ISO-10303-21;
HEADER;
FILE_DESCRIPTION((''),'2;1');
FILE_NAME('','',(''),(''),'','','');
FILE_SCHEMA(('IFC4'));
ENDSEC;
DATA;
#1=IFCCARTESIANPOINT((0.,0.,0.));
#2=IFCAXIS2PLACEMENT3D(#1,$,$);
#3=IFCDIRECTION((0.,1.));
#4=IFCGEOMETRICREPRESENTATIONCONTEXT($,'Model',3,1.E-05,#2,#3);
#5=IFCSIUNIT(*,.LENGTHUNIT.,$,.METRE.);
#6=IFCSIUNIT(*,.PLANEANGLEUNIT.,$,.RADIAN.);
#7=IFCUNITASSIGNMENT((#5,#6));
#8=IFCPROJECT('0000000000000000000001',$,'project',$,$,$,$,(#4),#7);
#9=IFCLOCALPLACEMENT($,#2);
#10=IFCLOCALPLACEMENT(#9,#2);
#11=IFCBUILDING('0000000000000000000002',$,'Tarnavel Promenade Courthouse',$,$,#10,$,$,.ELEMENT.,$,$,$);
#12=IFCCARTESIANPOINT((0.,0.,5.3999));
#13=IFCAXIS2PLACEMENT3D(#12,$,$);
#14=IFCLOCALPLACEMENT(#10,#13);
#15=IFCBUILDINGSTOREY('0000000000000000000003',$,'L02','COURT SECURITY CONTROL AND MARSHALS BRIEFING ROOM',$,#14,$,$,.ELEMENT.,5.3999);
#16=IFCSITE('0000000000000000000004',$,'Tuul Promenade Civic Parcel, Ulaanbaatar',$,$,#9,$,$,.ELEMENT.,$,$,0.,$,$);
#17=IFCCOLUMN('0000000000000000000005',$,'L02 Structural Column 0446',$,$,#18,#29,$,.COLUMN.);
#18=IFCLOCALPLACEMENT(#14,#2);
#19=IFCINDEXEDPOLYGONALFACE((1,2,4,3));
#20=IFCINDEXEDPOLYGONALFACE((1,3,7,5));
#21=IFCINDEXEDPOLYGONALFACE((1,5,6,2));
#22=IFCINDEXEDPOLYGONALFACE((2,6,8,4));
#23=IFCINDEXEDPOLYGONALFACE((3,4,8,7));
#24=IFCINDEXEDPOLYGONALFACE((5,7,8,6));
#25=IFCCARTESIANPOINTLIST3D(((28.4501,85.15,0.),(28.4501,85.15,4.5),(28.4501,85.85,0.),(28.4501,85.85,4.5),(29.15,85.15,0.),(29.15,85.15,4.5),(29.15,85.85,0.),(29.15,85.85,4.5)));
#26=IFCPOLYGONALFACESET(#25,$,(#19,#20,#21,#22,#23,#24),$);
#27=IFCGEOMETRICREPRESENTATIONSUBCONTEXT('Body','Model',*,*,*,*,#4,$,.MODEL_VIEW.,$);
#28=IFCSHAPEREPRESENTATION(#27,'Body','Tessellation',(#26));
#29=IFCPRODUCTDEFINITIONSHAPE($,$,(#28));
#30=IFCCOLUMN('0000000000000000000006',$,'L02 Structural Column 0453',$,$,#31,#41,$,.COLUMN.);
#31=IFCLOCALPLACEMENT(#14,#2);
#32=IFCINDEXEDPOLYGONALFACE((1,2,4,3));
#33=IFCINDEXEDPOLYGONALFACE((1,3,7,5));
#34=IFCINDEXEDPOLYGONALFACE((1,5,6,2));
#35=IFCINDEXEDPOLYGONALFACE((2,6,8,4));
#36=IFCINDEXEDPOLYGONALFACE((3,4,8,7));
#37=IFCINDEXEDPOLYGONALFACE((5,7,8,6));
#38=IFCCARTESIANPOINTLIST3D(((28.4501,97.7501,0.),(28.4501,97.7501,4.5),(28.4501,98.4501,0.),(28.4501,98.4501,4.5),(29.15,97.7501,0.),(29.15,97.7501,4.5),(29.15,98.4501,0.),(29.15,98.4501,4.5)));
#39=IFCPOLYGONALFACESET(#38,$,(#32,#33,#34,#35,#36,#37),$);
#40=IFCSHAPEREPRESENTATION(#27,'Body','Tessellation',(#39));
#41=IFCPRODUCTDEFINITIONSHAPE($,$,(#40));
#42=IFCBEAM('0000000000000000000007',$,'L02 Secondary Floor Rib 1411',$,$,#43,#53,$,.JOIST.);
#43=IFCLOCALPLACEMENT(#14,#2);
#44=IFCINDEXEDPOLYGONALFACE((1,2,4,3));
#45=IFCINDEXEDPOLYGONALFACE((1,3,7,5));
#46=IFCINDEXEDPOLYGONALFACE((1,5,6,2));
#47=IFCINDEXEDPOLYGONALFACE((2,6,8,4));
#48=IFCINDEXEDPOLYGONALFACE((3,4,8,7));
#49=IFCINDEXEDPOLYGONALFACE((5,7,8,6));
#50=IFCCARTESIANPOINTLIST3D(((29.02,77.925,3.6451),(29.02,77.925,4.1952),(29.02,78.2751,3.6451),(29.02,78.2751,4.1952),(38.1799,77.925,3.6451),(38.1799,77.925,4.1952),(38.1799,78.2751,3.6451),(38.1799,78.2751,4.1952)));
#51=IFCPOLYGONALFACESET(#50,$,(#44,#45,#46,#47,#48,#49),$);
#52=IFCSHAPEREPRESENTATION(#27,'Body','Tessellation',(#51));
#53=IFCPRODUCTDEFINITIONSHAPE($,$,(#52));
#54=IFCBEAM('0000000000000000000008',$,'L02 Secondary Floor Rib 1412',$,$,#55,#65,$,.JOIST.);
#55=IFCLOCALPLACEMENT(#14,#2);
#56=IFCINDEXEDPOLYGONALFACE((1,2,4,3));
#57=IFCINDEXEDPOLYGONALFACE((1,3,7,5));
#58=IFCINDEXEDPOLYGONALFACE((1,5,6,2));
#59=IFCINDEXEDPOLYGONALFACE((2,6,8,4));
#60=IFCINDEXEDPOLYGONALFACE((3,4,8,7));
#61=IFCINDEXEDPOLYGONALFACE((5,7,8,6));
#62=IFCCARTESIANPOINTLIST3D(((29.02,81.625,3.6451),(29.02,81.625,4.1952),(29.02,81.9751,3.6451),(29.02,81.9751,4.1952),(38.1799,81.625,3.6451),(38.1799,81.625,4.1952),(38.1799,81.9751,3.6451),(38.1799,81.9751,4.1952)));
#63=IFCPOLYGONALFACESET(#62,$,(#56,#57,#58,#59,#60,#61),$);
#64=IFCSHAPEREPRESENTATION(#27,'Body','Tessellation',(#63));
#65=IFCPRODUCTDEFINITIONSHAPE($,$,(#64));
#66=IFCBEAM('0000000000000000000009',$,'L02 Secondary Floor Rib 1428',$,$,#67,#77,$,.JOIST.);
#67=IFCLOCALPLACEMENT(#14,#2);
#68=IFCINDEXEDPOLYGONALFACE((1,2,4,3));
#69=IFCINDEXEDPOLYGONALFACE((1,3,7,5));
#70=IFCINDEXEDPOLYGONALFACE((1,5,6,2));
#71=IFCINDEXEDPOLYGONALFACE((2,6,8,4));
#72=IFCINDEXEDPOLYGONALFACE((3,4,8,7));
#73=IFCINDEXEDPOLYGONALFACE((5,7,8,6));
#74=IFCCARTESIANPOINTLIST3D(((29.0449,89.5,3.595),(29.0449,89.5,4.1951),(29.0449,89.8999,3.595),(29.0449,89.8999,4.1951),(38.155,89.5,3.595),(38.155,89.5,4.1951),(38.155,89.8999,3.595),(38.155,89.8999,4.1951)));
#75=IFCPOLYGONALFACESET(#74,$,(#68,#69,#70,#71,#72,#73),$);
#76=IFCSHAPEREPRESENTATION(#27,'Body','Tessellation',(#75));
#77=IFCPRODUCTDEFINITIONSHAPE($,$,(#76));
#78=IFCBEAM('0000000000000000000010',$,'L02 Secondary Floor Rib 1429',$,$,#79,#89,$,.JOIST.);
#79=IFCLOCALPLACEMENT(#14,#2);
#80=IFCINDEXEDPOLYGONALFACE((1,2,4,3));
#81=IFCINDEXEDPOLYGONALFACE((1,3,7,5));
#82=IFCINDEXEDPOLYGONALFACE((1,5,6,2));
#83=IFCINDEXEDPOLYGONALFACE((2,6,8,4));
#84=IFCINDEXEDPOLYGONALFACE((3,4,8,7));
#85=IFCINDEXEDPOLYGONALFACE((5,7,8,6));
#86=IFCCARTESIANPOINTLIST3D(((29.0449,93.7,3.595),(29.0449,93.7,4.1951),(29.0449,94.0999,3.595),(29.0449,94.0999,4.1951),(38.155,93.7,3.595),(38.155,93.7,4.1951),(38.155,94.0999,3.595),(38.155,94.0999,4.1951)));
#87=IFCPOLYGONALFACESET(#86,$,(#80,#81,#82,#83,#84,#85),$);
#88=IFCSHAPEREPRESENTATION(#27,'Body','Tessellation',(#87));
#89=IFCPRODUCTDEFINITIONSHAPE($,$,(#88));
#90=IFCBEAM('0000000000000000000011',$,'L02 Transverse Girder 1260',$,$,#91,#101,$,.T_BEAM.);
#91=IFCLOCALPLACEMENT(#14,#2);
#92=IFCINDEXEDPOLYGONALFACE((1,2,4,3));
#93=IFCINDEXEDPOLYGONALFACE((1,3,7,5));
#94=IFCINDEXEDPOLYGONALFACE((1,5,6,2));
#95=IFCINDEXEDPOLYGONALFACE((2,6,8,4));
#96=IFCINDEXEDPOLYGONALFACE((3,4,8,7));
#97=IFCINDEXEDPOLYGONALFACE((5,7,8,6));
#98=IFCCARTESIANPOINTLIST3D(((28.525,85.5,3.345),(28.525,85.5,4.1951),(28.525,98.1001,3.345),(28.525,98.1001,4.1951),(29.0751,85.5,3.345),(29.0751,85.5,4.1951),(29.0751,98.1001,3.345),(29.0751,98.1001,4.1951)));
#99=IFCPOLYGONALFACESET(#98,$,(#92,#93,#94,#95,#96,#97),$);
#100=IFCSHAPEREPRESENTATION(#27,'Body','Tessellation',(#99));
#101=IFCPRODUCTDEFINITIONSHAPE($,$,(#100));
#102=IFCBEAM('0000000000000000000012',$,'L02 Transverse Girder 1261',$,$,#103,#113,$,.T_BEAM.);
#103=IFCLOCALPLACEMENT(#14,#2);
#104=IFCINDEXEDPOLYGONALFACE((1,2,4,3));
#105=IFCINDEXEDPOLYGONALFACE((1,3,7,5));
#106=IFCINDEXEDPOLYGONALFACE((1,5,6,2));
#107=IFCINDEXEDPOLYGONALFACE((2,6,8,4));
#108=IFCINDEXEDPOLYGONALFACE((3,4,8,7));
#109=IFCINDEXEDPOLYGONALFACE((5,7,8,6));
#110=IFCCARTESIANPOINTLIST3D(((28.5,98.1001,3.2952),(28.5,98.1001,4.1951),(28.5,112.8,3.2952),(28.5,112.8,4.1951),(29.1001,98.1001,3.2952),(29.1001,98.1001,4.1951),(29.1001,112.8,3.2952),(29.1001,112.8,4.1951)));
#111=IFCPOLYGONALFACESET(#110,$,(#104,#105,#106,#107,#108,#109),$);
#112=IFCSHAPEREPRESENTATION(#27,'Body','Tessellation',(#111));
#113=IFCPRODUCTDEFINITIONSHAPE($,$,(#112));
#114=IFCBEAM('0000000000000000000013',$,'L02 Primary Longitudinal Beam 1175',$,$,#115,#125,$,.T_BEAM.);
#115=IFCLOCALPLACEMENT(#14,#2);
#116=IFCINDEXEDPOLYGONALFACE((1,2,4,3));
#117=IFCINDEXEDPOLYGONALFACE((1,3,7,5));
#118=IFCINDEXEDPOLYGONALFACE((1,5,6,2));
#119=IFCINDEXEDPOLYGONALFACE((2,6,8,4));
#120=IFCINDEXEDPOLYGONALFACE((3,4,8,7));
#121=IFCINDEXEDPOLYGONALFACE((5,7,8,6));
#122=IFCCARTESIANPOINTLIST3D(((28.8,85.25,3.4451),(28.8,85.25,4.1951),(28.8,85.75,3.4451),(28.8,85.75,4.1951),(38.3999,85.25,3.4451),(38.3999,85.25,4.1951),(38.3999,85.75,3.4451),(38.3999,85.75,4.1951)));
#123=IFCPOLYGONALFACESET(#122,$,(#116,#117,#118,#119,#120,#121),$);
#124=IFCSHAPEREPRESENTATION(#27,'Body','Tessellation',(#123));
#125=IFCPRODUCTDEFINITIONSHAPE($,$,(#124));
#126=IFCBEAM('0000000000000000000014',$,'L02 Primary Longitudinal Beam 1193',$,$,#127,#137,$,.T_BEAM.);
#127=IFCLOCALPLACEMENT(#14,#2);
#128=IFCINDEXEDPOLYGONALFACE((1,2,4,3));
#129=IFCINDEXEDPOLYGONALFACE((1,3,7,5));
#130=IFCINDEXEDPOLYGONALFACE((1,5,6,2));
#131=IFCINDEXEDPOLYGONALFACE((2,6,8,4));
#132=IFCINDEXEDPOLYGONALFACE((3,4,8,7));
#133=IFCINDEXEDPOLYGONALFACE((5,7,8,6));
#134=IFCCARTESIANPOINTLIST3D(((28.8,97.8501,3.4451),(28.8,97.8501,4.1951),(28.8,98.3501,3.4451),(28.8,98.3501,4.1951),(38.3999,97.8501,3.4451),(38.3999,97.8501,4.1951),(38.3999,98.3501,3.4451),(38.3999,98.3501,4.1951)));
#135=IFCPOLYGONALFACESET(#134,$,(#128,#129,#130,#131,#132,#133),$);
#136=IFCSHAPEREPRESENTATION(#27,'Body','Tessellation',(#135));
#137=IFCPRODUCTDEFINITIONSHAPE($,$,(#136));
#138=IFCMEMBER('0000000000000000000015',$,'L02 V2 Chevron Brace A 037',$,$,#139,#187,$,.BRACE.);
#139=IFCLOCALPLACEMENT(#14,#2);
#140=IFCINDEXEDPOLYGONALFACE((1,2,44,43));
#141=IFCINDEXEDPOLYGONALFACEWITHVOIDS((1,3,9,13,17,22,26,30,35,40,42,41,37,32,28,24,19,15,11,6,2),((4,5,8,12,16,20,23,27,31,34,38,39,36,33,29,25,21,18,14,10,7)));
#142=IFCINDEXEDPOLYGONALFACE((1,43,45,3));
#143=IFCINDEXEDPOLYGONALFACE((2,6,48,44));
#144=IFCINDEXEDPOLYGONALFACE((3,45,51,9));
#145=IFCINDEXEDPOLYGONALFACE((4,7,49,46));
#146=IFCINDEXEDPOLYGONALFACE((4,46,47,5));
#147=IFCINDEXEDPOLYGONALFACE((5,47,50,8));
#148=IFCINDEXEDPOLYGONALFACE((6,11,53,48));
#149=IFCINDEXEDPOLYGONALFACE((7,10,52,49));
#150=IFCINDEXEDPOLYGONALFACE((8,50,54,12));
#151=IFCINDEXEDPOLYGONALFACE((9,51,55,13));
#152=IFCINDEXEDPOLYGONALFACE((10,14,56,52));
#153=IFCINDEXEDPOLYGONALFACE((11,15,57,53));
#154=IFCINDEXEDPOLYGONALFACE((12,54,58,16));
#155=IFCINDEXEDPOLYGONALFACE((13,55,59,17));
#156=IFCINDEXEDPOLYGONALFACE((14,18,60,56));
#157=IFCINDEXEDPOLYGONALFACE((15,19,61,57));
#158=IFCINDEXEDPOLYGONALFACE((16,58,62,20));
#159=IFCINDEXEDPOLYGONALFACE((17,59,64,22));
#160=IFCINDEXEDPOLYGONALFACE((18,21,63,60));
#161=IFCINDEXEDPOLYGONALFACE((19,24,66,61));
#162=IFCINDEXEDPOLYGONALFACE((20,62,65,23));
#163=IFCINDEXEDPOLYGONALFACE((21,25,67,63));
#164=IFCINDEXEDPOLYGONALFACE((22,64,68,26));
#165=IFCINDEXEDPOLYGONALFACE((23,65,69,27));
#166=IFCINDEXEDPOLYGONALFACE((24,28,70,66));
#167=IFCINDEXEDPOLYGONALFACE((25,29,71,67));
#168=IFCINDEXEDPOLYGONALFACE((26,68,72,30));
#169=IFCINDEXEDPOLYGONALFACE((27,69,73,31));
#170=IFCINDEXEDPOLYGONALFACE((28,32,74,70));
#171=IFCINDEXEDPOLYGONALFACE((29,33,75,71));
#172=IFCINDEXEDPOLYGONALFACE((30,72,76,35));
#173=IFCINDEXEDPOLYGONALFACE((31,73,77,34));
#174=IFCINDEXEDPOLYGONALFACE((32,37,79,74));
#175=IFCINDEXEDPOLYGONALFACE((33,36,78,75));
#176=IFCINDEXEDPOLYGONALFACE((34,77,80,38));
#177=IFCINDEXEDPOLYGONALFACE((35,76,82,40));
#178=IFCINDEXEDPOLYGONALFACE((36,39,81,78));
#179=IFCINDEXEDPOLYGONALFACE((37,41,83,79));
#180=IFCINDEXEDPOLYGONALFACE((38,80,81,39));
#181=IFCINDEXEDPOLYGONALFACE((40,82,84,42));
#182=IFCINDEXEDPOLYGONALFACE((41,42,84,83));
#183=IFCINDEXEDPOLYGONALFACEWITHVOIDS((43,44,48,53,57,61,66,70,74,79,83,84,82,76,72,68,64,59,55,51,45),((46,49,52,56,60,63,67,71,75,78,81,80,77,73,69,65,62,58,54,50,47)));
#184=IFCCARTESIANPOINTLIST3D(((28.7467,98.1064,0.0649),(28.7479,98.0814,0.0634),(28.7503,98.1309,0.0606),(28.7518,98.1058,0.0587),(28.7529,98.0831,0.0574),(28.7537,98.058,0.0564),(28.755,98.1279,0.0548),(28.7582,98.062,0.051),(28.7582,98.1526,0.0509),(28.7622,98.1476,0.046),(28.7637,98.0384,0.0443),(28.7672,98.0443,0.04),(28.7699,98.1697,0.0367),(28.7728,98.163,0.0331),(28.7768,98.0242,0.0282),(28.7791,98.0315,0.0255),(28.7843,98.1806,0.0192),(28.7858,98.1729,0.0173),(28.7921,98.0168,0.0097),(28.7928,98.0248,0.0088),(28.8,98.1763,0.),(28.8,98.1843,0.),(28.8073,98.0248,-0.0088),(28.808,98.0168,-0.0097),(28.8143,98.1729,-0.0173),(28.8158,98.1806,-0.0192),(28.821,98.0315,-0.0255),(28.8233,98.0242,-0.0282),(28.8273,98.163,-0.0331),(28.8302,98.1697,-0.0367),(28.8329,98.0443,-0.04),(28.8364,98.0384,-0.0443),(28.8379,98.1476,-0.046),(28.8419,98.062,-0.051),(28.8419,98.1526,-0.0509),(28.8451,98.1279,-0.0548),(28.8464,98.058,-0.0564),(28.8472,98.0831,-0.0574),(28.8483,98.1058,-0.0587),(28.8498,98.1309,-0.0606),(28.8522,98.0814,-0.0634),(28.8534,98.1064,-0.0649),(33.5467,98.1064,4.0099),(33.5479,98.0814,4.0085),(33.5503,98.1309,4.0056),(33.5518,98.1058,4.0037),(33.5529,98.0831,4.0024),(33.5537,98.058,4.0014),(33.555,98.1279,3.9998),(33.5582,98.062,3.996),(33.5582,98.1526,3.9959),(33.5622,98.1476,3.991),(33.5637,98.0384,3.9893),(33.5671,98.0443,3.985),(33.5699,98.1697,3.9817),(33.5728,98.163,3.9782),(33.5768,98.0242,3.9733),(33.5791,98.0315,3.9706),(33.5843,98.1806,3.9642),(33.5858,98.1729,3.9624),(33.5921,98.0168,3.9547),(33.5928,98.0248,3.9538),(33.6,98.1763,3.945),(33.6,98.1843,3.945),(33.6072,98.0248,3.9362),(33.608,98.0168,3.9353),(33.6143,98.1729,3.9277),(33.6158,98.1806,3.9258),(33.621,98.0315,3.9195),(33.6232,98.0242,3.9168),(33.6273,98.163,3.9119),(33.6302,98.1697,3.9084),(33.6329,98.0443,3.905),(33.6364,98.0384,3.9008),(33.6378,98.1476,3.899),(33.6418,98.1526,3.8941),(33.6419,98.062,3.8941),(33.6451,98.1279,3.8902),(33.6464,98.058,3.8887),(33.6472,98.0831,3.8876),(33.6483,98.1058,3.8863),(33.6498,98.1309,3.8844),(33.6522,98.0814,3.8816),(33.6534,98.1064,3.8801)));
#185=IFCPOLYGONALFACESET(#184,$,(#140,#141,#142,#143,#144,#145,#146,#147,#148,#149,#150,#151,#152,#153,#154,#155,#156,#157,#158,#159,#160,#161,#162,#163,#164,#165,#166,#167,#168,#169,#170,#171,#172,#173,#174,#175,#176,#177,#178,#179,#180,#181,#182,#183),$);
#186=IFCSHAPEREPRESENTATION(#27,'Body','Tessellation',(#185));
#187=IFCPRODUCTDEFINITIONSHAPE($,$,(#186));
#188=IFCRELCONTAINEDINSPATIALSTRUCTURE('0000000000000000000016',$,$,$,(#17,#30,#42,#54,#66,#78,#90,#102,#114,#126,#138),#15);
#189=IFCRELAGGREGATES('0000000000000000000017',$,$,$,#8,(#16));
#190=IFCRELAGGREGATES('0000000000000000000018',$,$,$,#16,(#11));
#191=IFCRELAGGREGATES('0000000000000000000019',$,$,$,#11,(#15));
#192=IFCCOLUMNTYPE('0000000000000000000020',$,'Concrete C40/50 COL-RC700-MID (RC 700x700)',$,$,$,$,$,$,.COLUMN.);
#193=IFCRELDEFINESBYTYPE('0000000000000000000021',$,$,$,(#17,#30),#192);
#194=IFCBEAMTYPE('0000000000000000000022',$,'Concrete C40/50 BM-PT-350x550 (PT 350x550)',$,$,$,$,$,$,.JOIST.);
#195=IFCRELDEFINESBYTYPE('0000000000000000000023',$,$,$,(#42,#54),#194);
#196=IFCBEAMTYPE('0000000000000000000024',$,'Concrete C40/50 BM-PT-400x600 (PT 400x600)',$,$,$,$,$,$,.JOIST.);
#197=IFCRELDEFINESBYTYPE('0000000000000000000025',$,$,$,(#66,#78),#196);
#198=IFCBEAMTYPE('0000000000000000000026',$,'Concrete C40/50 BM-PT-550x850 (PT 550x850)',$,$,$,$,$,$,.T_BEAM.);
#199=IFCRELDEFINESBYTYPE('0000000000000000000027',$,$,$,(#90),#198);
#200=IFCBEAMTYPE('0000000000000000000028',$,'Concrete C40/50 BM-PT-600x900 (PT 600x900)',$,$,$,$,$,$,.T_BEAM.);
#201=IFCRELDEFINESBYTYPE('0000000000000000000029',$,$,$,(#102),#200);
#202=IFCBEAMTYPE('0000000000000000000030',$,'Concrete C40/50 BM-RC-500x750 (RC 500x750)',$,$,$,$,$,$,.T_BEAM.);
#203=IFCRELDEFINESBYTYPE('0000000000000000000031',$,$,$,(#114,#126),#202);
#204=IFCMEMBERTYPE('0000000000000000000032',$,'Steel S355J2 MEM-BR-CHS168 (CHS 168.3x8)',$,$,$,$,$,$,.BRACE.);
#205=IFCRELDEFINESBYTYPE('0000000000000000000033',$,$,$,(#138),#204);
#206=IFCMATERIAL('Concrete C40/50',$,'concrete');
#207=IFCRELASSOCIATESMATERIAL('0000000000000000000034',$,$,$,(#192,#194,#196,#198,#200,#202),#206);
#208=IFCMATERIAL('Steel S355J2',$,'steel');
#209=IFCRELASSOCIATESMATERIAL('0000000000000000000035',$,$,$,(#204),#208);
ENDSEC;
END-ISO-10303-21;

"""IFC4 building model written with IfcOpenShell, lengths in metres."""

from ifc_helpers import new_model, si_unit, direction, frame, origin, origin_2d, place, context, subcontext, project, spatial, rectangle, hollow_circle, extrude, material, material_profile, profile_set, type_object, element, save


model = new_model("IFC4")

# Units and contexts
model_context = context("Model", 3, precision=1e-05, world=origin(), true_north=direction((0.0, 1.0)))
body_context = subcontext(model_context, "Body", "Model", "MODEL_VIEW")
ifc_project = project(units=[si_unit("LENGTHUNIT", "METRE"), si_unit("PLANEANGLEUNIT", "RADIAN")], contexts=[model_context])

# Site, building, storey
site_placement = place(None, origin())
site = spatial("IfcSite", under=ifc_project, at=site_placement, Name="Tuul Promenade Civic Parcel, Ulaanbaatar", CompositionType="ELEMENT", RefElevation=0.0)
building_placement = place(site_placement, origin())
building = spatial("IfcBuilding", under=site, at=building_placement, Name="Tarnavel Promenade Courthouse", CompositionType="ELEMENT")
storey_placement = place(building_placement, frame((0.0, 0.0, 5.3999)))
storey = spatial("IfcBuildingStorey", under=building, at=storey_placement, Name="L02", Description="COURT SECURITY CONTROL AND MARSHALS BRIEFING ROOM", CompositionType="ELEMENT", Elevation=5.3999)

# Columns
ifc_material_1 = material(Name="Concrete C40/50", Category="concrete")
ifc_material_profile_1 = material_profile(ifc_material_1, rectangle(XDim=0.7, YDim=0.7, at=origin_2d()), Name="RC 700x700")
ifc_profile_set_1 = profile_set([ifc_material_profile_1], Name="Concrete C40/50")
column_type = type_object("IfcColumnType", Name="Concrete C40/50 COL-RC700-MID (RC 700x700)", PredefinedType="COLUMN", material=ifc_profile_set_1)
for number, where, z_axis, x_axis, name in (
    (1, (28.8, 85.5, 0.0), (0.0, 0.0, 1.0), (1.0, 0.0, 0.0), "L02 Structural Column 0446"),
    (2, (28.8, 98.1001, 0.0), (0.0, 0.0, 1.0), (1.0, 0.0, 0.0), "L02 Structural Column 0453"),
):
    element("IfcColumn", number, at=place(storey_placement, frame(where, z_axis=z_axis, x_axis=x_axis)), inside=storey, type_object=column_type, Name=name, PredefinedType="COLUMN", context=body_context, shape_type="SweptSolid", body=[
        extrude(rectangle(XDim=0.7, YDim=0.7, at=origin_2d()), origin(), (0.0, 0.0, 1.0), 4.5),
    ])

# Beams
ifc_material_profile_2 = material_profile(ifc_material_1, rectangle(XDim=0.3501, YDim=0.55, at=origin_2d()), Name="PT 350x550")
ifc_profile_set_2 = profile_set([ifc_material_profile_2], Name="Concrete C40/50")
beam_type_1 = type_object("IfcBeamType", Name="Concrete C40/50 BM-PT-350x550 (PT 350x550)", PredefinedType="JOIST", material=ifc_profile_set_2)
for number, where, z_axis, x_axis, name in (
    (3, (29.02, 78.1001, 3.9202), (1.0, 0.0, 0.0), (0.0, 1.0, 0.0), "L02 Secondary Floor Rib 1411"),
    (4, (29.02, 81.8, 3.9202), (1.0, 0.0, 0.0), (0.0, 1.0, 0.0), "L02 Secondary Floor Rib 1412"),
):
    element("IfcBeam", number, at=place(storey_placement, frame(where, z_axis=z_axis, x_axis=x_axis)), inside=storey, type_object=beam_type_1, Name=name, PredefinedType="JOIST", context=body_context, shape_type="SweptSolid", body=[
        extrude(rectangle(XDim=0.3501, YDim=0.55, at=origin_2d()), origin(), (0.0, 0.0, 1.0), 9.1599),
    ])
ifc_material_profile_3 = material_profile(ifc_material_1, rectangle(XDim=0.3999, YDim=0.6001, at=origin_2d()), Name="PT 400x600")
ifc_profile_set_3 = profile_set([ifc_material_profile_3], Name="Concrete C40/50")
beam_type_2 = type_object("IfcBeamType", Name="Concrete C40/50 BM-PT-400x600 (PT 400x600)", PredefinedType="JOIST", material=ifc_profile_set_3)
for number, where, z_axis, x_axis, name in (
    (5, (29.0449, 89.7, 3.895), (1.0, 0.0, 0.0), (0.0, 1.0, 0.0), "L02 Secondary Floor Rib 1428"),
    (6, (29.0449, 93.8999, 3.895), (1.0, 0.0, 0.0), (0.0, 1.0, 0.0), "L02 Secondary Floor Rib 1429"),
):
    element("IfcBeam", number, at=place(storey_placement, frame(where, z_axis=z_axis, x_axis=x_axis)), inside=storey, type_object=beam_type_2, Name=name, PredefinedType="JOIST", context=body_context, shape_type="SweptSolid", body=[
        extrude(rectangle(XDim=0.3999, YDim=0.6001, at=origin_2d()), origin(), (0.0, 0.0, 1.0), 9.1101),
    ])
ifc_material_profile_4 = material_profile(ifc_material_1, rectangle(XDim=0.55, YDim=0.8501, at=origin_2d()), Name="PT 550x850")
ifc_profile_set_4 = profile_set([ifc_material_profile_4], Name="Concrete C40/50")
beam_type_3 = type_object("IfcBeamType", Name="Concrete C40/50 BM-PT-550x850 (PT 550x850)", PredefinedType="T_BEAM", material=ifc_profile_set_4)
beam_1_placement = place(storey_placement, frame((28.8, 85.5, 3.77), z_axis=(0.0, 1.0, 0.0), x_axis=(-1.0, 0.0, 0.0)))
element("IfcBeam", 7, at=beam_1_placement, inside=storey, type_object=beam_type_3, Name="L02 Transverse Girder 1260", PredefinedType="T_BEAM", context=body_context, shape_type="SweptSolid", body=[
    extrude(rectangle(XDim=0.55, YDim=0.8501, at=origin_2d()), origin(), (0.0, 0.0, 1.0), 12.6001),
])
ifc_material_profile_5 = material_profile(ifc_material_1, rectangle(XDim=0.6001, YDim=0.8999, at=origin_2d()), Name="PT 600x900")
ifc_profile_set_5 = profile_set([ifc_material_profile_5], Name="Concrete C40/50")
beam_type_4 = type_object("IfcBeamType", Name="Concrete C40/50 BM-PT-600x900 (PT 600x900)", PredefinedType="T_BEAM", material=ifc_profile_set_5)
beam_2_placement = place(storey_placement, frame((28.8, 98.1001, 3.7451), z_axis=(0.0, 1.0, 0.0), x_axis=(-1.0, 0.0, 0.0)))
element("IfcBeam", 8, at=beam_2_placement, inside=storey, type_object=beam_type_4, Name="L02 Transverse Girder 1261", PredefinedType="T_BEAM", context=body_context, shape_type="SweptSolid", body=[
    extrude(rectangle(XDim=0.6001, YDim=0.8999, at=origin_2d()), origin(), (0.0, 0.0, 1.0), 14.7),
])
ifc_material_profile_6 = material_profile(ifc_material_1, rectangle(XDim=0.5, YDim=0.75, at=origin_2d()), Name="RC 500x750")
ifc_profile_set_6 = profile_set([ifc_material_profile_6], Name="Concrete C40/50")
beam_type_5 = type_object("IfcBeamType", Name="Concrete C40/50 BM-RC-500x750 (RC 500x750)", PredefinedType="T_BEAM", material=ifc_profile_set_6)
for number, where, z_axis, x_axis, name in (
    (9, (28.8, 85.5, 3.8201), (1.0, 0.0, 0.0), (0.0, 1.0, 0.0), "L02 Primary Longitudinal Beam 1175"),
    (10, (28.8, 98.1001, 3.8201), (1.0, 0.0, 0.0), (0.0, 1.0, 0.0), "L02 Primary Longitudinal Beam 1193"),
):
    element("IfcBeam", number, at=place(storey_placement, frame(where, z_axis=z_axis, x_axis=x_axis)), inside=storey, type_object=beam_type_5, Name=name, PredefinedType="T_BEAM", context=body_context, shape_type="SweptSolid", body=[
        extrude(rectangle(XDim=0.5, YDim=0.75, at=origin_2d()), origin(), (0.0, 0.0, 1.0), 9.5999),
    ])

# Member
ifc_material_2 = material(Name="Steel S355J2", Category="steel")
ifc_material_profile_7 = material_profile(ifc_material_2, hollow_circle(Radius=0.0842, WallThickness=0.0081, at=origin_2d()), Name="CHS 168.3x8")
ifc_profile_set_7 = profile_set([ifc_material_profile_7], Name="Steel S355J2")
member_type = type_object("IfcMemberType", Name="Steel S355J2 MEM-BR-CHS168 (CHS 168.3x8)", PredefinedType="BRACE", material=ifc_profile_set_7)
member_placement = place(storey_placement, frame((28.8, 98.1001, 0.0), z_axis=(0.772555, 0.0, 0.634948), x_axis=(0.0, 1.0, 0.0)))
element("IfcMember", 11, at=member_placement, inside=storey, type_object=member_type, Name="L02 V2 Chevron Brace A 037", PredefinedType="BRACE", context=body_context, shape_type="SweptSolid", body=[
    extrude(hollow_circle(Radius=0.0842, WallThickness=0.0081, at=origin_2d()), origin(), (0.0, 0.0, 1.0), 6.2131),
])

save(model, "model.ifc")
